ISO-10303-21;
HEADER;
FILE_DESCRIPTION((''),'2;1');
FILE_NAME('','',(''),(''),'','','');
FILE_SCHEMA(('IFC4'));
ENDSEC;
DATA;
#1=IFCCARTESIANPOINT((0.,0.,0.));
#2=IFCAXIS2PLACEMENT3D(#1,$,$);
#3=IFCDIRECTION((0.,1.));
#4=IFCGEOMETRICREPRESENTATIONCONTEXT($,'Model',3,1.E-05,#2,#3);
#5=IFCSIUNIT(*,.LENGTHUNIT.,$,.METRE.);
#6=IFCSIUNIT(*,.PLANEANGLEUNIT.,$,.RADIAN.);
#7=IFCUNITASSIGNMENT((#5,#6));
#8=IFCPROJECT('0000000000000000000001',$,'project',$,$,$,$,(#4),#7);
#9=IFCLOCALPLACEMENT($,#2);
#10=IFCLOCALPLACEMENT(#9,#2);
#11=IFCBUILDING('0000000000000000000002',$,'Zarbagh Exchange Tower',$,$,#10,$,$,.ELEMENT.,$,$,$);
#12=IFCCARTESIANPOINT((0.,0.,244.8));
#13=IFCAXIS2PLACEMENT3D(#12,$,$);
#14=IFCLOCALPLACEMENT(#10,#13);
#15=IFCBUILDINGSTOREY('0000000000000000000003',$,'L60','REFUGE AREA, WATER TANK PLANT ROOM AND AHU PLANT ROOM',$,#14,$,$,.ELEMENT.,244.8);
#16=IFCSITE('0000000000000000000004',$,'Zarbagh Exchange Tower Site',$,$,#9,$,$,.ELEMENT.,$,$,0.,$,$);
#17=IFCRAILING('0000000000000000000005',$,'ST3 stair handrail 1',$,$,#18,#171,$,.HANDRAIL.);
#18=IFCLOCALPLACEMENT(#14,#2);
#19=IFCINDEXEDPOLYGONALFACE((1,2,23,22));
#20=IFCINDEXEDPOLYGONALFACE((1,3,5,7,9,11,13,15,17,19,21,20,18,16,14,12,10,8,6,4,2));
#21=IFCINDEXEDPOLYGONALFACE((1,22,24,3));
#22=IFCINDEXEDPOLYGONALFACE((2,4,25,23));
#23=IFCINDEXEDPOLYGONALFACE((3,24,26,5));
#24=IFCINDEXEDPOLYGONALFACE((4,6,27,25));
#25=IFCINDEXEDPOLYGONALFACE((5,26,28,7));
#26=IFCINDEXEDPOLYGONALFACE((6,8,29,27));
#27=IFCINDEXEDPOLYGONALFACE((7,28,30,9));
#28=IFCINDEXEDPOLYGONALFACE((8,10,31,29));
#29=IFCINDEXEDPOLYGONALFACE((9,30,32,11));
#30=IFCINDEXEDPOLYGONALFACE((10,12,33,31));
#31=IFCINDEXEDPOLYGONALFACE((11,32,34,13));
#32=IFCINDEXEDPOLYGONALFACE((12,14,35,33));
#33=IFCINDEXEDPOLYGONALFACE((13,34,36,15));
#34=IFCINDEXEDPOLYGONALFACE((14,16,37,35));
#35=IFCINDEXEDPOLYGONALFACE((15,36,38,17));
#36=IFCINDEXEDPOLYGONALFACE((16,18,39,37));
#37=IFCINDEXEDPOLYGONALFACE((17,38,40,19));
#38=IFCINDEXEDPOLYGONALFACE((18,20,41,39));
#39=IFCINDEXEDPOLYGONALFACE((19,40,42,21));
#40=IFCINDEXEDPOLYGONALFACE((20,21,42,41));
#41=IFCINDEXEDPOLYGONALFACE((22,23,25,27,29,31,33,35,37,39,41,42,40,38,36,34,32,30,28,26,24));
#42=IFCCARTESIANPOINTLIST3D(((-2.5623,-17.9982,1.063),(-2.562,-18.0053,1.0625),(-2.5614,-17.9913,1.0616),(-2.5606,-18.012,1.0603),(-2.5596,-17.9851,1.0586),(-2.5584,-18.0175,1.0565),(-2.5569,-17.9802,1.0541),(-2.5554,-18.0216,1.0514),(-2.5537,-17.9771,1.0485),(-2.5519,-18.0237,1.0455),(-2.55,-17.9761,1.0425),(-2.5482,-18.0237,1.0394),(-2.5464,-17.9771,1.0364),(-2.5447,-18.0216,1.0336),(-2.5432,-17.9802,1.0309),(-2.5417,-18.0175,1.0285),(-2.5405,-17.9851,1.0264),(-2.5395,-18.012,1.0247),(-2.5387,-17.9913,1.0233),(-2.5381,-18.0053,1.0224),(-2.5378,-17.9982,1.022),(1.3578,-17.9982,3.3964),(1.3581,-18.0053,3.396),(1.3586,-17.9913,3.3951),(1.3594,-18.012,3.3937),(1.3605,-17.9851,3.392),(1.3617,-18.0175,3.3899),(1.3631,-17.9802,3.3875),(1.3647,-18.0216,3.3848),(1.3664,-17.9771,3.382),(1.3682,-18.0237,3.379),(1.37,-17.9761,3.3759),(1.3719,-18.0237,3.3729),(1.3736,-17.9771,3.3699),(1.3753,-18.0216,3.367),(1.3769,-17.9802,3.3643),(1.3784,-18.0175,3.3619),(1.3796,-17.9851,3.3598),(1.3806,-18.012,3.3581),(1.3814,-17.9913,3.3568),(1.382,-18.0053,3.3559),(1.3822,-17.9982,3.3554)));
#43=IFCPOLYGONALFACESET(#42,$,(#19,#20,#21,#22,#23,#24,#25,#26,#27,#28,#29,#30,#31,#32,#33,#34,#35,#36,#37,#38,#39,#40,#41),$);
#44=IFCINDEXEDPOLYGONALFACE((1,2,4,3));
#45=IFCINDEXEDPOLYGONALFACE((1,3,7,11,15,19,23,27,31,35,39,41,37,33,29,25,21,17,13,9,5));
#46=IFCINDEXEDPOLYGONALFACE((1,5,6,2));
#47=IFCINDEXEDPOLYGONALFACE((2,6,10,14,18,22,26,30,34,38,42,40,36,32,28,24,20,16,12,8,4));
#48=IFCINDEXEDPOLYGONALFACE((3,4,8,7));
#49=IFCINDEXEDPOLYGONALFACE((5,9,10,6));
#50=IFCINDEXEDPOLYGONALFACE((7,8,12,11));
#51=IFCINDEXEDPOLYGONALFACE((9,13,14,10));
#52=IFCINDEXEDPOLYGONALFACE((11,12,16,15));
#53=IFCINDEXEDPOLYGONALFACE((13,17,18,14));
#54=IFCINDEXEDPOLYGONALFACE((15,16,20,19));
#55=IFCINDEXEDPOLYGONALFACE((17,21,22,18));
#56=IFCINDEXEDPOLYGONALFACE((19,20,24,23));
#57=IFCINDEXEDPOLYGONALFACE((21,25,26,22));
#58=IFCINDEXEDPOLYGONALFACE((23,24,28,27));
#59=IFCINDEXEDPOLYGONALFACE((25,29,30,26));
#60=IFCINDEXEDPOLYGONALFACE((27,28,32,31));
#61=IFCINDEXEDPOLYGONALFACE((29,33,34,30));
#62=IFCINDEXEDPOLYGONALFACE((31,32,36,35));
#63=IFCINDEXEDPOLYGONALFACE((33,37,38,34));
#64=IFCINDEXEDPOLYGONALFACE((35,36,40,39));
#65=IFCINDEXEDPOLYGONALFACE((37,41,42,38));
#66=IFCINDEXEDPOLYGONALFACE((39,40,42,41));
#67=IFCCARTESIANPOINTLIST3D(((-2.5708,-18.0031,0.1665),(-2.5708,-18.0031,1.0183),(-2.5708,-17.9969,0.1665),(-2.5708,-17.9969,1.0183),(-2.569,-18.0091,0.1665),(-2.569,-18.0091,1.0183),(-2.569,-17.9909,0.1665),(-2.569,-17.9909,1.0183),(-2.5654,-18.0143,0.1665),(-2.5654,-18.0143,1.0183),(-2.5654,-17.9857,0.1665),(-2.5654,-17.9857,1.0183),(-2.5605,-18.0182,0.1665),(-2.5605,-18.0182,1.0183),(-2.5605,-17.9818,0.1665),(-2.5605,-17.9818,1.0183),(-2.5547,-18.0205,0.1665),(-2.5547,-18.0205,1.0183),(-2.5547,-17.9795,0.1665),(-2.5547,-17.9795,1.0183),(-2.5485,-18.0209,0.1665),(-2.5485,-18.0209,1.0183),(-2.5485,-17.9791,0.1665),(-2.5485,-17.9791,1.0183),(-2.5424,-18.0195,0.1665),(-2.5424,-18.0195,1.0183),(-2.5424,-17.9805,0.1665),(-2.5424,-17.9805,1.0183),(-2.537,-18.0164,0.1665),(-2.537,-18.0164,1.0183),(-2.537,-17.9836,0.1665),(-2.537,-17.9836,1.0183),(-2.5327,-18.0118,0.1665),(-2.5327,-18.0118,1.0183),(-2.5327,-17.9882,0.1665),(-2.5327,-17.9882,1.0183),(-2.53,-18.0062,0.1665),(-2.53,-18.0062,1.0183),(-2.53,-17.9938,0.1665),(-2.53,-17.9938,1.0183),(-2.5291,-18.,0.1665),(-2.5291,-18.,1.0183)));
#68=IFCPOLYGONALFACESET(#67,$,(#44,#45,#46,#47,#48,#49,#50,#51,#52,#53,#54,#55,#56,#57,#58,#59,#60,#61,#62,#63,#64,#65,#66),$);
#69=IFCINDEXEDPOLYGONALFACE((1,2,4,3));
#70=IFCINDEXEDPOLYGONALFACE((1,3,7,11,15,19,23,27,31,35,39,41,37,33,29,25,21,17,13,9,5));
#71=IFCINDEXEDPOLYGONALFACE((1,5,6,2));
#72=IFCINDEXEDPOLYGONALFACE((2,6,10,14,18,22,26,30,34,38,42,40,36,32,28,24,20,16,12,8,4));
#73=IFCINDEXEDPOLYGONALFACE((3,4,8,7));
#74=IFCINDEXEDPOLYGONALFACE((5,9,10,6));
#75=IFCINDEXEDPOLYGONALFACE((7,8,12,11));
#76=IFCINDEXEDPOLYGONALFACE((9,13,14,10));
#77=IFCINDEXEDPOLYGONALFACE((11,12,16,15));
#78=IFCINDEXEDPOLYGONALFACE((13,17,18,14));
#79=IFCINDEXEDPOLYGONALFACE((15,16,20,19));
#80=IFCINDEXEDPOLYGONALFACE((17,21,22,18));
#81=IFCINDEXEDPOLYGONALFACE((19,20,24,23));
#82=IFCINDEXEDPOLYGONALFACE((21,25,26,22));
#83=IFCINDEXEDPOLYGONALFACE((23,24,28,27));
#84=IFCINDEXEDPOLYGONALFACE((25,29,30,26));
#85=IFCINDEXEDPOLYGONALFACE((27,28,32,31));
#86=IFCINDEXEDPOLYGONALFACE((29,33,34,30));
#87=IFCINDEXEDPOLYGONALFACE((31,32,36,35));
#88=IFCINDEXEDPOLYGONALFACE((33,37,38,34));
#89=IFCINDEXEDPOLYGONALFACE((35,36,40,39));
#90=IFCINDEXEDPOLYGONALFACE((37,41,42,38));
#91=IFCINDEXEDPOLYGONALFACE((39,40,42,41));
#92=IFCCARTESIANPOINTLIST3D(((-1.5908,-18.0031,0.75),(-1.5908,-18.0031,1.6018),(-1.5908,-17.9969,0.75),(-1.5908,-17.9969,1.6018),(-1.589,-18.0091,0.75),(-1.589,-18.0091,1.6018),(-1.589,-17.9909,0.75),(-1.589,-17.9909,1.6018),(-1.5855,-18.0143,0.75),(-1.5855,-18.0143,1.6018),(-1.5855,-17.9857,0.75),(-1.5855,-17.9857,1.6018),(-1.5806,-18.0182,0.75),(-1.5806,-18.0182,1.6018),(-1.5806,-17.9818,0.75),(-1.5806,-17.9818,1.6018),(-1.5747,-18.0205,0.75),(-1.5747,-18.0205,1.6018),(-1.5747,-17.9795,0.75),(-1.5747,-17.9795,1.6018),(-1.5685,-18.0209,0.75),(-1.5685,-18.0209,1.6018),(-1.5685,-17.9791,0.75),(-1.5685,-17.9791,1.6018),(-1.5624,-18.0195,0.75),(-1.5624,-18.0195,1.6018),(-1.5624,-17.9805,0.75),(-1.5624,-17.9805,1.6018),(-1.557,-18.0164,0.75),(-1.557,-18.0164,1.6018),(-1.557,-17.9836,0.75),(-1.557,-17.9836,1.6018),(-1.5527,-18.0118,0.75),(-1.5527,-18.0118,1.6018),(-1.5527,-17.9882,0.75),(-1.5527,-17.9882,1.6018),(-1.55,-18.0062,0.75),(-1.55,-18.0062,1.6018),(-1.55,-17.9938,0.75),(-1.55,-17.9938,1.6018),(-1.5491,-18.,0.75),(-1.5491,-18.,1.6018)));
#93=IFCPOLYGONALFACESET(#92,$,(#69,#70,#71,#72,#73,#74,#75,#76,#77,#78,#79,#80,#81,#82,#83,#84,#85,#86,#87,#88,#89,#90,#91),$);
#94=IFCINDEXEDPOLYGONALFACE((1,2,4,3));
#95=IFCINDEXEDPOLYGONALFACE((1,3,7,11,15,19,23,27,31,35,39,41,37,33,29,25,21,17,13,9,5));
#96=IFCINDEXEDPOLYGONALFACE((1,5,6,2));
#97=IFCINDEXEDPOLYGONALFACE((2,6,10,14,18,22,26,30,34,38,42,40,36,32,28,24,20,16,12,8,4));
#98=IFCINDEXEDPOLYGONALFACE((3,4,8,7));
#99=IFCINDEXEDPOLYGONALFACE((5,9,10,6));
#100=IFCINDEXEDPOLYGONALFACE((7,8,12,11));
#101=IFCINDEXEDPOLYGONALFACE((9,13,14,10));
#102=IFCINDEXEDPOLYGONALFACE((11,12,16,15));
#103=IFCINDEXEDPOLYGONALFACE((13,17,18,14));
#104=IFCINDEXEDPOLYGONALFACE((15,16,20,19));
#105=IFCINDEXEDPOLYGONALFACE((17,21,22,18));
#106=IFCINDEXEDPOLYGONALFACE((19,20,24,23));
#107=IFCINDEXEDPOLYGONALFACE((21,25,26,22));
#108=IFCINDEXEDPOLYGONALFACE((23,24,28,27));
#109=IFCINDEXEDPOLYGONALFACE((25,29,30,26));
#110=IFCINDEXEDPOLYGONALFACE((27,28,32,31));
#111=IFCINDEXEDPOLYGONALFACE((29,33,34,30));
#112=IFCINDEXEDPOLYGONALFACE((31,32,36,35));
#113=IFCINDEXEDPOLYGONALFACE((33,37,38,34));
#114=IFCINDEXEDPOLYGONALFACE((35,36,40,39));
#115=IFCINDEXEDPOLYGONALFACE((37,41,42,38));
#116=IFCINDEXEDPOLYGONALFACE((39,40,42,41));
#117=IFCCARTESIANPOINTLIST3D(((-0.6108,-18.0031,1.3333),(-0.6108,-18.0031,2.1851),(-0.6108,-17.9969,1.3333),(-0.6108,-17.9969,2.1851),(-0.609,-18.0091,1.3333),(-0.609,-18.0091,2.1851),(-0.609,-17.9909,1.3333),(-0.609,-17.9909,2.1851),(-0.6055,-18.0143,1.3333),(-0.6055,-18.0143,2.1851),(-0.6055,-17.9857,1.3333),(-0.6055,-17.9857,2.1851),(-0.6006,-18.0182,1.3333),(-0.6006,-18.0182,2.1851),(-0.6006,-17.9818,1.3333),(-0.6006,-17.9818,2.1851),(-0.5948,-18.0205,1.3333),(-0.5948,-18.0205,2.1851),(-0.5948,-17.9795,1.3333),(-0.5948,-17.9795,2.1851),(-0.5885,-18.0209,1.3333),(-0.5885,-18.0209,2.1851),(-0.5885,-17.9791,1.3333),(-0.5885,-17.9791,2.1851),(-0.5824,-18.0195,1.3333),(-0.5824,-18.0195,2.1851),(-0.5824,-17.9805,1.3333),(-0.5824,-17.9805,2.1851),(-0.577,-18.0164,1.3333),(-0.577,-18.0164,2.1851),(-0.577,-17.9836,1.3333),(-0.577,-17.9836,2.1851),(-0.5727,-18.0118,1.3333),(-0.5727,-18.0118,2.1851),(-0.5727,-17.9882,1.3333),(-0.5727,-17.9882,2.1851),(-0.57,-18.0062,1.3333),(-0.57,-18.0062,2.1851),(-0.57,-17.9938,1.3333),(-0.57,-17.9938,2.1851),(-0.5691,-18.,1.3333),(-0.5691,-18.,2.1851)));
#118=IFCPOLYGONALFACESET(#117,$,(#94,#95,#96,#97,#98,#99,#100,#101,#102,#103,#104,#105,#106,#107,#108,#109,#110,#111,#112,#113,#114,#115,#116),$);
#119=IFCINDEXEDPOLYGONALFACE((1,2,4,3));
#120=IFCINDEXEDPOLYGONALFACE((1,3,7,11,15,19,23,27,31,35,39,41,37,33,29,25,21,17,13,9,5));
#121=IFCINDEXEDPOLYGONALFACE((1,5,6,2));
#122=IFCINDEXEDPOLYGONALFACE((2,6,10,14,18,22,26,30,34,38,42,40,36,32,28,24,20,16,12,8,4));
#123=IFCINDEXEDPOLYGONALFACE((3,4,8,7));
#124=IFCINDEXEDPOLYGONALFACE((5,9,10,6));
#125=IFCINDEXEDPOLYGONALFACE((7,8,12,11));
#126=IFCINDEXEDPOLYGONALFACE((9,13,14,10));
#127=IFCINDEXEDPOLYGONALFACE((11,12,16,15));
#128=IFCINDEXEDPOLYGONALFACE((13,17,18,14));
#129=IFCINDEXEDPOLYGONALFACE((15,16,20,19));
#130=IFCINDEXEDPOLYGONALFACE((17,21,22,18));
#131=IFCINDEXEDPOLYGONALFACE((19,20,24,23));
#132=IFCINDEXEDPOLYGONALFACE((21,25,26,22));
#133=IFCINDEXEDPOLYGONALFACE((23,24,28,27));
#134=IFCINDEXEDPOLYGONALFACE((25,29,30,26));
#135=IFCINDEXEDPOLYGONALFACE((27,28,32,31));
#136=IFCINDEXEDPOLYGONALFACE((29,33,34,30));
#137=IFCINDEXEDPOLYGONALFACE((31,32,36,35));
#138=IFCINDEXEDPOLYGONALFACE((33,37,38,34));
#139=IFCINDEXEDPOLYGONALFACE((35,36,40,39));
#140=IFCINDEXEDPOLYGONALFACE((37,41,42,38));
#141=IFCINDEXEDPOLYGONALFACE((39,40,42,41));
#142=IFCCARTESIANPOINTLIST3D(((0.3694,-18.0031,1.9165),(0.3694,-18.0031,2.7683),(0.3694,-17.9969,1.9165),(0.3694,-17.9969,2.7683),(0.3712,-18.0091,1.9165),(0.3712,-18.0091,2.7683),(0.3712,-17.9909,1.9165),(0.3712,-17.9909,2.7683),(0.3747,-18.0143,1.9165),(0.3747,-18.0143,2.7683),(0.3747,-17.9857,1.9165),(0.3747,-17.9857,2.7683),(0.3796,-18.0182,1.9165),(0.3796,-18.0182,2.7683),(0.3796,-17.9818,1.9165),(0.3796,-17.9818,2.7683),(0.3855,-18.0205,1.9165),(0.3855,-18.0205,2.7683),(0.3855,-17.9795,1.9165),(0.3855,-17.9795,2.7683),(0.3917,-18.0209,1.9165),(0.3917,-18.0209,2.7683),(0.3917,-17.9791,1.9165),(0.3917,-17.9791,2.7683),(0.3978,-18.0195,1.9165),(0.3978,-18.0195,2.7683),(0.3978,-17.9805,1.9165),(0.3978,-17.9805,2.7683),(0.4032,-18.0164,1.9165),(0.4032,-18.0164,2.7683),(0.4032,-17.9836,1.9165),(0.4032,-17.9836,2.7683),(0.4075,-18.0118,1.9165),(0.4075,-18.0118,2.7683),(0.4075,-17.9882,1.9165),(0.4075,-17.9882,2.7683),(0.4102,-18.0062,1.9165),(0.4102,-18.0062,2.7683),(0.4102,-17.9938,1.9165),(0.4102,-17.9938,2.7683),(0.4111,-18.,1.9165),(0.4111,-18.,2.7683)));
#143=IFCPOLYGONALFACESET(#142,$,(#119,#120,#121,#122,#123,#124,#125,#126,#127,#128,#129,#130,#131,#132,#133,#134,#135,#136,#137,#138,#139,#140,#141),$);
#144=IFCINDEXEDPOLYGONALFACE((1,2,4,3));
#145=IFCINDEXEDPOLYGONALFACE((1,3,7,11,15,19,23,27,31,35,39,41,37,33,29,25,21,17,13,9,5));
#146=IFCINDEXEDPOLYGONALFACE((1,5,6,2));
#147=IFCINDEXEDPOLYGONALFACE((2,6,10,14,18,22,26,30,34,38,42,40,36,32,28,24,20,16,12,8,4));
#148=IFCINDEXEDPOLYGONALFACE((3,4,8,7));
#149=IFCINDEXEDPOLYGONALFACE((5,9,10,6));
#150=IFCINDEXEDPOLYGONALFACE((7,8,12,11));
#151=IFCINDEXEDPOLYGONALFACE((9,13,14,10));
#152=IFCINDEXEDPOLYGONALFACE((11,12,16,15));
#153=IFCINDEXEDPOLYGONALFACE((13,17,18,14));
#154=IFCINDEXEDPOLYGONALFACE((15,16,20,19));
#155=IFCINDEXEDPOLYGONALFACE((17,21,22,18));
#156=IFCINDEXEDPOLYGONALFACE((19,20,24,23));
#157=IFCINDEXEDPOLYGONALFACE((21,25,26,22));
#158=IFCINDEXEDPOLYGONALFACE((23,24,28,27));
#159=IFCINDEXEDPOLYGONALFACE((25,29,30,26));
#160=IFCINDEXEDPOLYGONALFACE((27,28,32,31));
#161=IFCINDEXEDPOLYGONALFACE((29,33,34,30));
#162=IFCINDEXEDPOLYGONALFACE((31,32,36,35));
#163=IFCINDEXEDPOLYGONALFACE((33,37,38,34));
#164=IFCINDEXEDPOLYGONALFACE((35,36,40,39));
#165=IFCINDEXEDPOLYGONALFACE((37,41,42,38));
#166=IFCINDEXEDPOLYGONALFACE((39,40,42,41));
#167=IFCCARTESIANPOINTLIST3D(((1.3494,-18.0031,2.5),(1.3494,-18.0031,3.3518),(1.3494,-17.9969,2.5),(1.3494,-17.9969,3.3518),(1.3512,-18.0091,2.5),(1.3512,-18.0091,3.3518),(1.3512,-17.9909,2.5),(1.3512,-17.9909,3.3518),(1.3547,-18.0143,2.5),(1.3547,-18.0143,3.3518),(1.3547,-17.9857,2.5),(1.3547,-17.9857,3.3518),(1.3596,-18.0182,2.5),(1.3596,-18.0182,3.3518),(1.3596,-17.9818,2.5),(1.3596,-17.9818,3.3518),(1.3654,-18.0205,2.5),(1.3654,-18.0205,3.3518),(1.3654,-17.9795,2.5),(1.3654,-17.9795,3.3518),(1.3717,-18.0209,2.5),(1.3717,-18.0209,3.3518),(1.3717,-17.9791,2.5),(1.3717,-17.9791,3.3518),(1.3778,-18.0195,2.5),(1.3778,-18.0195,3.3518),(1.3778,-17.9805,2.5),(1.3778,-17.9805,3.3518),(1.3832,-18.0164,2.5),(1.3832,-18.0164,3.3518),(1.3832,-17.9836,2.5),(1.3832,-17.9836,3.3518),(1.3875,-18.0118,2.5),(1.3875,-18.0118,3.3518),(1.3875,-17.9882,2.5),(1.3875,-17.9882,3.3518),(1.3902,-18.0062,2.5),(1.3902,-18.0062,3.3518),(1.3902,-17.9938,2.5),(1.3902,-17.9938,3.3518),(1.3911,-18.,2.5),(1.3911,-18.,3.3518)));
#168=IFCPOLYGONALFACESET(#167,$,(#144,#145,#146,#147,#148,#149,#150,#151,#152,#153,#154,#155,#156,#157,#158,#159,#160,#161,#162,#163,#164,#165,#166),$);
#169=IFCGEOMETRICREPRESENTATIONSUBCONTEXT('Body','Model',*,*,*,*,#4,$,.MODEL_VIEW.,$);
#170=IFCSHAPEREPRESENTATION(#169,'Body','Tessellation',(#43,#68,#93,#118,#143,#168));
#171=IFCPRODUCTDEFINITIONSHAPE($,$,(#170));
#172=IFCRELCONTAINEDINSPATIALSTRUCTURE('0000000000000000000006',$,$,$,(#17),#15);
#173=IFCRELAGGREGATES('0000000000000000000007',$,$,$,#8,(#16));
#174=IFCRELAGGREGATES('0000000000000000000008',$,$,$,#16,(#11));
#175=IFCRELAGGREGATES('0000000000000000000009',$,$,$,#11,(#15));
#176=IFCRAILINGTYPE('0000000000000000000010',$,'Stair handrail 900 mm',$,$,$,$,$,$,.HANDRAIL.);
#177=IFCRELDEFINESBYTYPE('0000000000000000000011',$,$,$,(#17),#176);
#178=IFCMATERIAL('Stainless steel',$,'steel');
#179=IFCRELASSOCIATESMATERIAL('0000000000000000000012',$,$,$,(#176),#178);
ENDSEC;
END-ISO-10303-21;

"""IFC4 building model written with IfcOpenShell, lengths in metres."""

from ifc_helpers import new_model, si_unit, direction, frame, origin, origin_2d, place, context, subcontext, project, spatial, circle, extrude, material, type_object, element, save


model = new_model("IFC4")

# Units and contexts
model_context = context("Model", 3, precision=1e-05, world=origin(), true_north=direction((0.0, 1.0)))
body_context = subcontext(model_context, "Body", "Model", "MODEL_VIEW")
ifc_project = project(units=[si_unit("LENGTHUNIT", "METRE"), si_unit("PLANEANGLEUNIT", "RADIAN")], contexts=[model_context])

# Site, building, storey
site_placement = place(None, origin())
site = spatial("IfcSite", under=ifc_project, at=site_placement, Name="Zarbagh Exchange Tower Site", CompositionType="ELEMENT", RefElevation=0.0)
building_placement = place(site_placement, origin())
building = spatial("IfcBuilding", under=site, at=building_placement, Name="Zarbagh Exchange Tower", CompositionType="ELEMENT")
storey_placement = place(building_placement, frame((0.0, 0.0, 244.8)))
storey = spatial("IfcBuildingStorey", under=building, at=storey_placement, Name="L60", Description="REFUGE AREA, WATER TANK PLANT ROOM AND AHU PLANT ROOM", CompositionType="ELEMENT", Elevation=244.8)

# Shared definitions
ifc_material_1 = material(Name="Stainless steel", Category="steel")

# Railing
railing_type_1 = type_object("IfcRailingType", Name="Stair handrail 900 mm", PredefinedType="HANDRAIL", material=ifc_material_1)
railing_1_placement = place(storey_placement, frame((-2.55, -18.0, 0.1665)))
element("IfcRailing", 1, at=railing_1_placement, inside=storey, type_object=railing_type_1, Name="ST3 stair handrail 1", PredefinedType="HANDRAIL", context=body_context, shape_type="SweptSolid", body=[
    extrude(circle(Radius=0.0239, at=origin_2d()), frame((0.0, 0.0, 0.876), z_axis=(0.859287, 0.0, 0.511494), x_axis=(0.0, 1.0, 0.0)), (0.0, 0.0, 1.0), 4.562),
    extrude(circle(Radius=0.021, at=origin_2d()), origin(), (0.0, 0.0, 1.0), 0.8518),
    extrude(circle(Radius=0.021, at=origin_2d()), frame((0.98, 0.0, 0.5835)), (0.0, 0.0, 1.0), 0.8518),
    extrude(circle(Radius=0.021, at=origin_2d()), frame((1.96, 0.0, 1.1667)), (0.0, 0.0, 1.0), 0.8518),
    extrude(circle(Radius=0.021, at=origin_2d()), frame((2.9402, 0.0, 1.75)), (0.0, 0.0, 1.0), 0.8518),
    extrude(circle(Radius=0.021, at=origin_2d()), frame((3.9202, 0.0, 2.3335)), (0.0, 0.0, 1.0), 0.8518),
])

save(model, "model.ifc")
